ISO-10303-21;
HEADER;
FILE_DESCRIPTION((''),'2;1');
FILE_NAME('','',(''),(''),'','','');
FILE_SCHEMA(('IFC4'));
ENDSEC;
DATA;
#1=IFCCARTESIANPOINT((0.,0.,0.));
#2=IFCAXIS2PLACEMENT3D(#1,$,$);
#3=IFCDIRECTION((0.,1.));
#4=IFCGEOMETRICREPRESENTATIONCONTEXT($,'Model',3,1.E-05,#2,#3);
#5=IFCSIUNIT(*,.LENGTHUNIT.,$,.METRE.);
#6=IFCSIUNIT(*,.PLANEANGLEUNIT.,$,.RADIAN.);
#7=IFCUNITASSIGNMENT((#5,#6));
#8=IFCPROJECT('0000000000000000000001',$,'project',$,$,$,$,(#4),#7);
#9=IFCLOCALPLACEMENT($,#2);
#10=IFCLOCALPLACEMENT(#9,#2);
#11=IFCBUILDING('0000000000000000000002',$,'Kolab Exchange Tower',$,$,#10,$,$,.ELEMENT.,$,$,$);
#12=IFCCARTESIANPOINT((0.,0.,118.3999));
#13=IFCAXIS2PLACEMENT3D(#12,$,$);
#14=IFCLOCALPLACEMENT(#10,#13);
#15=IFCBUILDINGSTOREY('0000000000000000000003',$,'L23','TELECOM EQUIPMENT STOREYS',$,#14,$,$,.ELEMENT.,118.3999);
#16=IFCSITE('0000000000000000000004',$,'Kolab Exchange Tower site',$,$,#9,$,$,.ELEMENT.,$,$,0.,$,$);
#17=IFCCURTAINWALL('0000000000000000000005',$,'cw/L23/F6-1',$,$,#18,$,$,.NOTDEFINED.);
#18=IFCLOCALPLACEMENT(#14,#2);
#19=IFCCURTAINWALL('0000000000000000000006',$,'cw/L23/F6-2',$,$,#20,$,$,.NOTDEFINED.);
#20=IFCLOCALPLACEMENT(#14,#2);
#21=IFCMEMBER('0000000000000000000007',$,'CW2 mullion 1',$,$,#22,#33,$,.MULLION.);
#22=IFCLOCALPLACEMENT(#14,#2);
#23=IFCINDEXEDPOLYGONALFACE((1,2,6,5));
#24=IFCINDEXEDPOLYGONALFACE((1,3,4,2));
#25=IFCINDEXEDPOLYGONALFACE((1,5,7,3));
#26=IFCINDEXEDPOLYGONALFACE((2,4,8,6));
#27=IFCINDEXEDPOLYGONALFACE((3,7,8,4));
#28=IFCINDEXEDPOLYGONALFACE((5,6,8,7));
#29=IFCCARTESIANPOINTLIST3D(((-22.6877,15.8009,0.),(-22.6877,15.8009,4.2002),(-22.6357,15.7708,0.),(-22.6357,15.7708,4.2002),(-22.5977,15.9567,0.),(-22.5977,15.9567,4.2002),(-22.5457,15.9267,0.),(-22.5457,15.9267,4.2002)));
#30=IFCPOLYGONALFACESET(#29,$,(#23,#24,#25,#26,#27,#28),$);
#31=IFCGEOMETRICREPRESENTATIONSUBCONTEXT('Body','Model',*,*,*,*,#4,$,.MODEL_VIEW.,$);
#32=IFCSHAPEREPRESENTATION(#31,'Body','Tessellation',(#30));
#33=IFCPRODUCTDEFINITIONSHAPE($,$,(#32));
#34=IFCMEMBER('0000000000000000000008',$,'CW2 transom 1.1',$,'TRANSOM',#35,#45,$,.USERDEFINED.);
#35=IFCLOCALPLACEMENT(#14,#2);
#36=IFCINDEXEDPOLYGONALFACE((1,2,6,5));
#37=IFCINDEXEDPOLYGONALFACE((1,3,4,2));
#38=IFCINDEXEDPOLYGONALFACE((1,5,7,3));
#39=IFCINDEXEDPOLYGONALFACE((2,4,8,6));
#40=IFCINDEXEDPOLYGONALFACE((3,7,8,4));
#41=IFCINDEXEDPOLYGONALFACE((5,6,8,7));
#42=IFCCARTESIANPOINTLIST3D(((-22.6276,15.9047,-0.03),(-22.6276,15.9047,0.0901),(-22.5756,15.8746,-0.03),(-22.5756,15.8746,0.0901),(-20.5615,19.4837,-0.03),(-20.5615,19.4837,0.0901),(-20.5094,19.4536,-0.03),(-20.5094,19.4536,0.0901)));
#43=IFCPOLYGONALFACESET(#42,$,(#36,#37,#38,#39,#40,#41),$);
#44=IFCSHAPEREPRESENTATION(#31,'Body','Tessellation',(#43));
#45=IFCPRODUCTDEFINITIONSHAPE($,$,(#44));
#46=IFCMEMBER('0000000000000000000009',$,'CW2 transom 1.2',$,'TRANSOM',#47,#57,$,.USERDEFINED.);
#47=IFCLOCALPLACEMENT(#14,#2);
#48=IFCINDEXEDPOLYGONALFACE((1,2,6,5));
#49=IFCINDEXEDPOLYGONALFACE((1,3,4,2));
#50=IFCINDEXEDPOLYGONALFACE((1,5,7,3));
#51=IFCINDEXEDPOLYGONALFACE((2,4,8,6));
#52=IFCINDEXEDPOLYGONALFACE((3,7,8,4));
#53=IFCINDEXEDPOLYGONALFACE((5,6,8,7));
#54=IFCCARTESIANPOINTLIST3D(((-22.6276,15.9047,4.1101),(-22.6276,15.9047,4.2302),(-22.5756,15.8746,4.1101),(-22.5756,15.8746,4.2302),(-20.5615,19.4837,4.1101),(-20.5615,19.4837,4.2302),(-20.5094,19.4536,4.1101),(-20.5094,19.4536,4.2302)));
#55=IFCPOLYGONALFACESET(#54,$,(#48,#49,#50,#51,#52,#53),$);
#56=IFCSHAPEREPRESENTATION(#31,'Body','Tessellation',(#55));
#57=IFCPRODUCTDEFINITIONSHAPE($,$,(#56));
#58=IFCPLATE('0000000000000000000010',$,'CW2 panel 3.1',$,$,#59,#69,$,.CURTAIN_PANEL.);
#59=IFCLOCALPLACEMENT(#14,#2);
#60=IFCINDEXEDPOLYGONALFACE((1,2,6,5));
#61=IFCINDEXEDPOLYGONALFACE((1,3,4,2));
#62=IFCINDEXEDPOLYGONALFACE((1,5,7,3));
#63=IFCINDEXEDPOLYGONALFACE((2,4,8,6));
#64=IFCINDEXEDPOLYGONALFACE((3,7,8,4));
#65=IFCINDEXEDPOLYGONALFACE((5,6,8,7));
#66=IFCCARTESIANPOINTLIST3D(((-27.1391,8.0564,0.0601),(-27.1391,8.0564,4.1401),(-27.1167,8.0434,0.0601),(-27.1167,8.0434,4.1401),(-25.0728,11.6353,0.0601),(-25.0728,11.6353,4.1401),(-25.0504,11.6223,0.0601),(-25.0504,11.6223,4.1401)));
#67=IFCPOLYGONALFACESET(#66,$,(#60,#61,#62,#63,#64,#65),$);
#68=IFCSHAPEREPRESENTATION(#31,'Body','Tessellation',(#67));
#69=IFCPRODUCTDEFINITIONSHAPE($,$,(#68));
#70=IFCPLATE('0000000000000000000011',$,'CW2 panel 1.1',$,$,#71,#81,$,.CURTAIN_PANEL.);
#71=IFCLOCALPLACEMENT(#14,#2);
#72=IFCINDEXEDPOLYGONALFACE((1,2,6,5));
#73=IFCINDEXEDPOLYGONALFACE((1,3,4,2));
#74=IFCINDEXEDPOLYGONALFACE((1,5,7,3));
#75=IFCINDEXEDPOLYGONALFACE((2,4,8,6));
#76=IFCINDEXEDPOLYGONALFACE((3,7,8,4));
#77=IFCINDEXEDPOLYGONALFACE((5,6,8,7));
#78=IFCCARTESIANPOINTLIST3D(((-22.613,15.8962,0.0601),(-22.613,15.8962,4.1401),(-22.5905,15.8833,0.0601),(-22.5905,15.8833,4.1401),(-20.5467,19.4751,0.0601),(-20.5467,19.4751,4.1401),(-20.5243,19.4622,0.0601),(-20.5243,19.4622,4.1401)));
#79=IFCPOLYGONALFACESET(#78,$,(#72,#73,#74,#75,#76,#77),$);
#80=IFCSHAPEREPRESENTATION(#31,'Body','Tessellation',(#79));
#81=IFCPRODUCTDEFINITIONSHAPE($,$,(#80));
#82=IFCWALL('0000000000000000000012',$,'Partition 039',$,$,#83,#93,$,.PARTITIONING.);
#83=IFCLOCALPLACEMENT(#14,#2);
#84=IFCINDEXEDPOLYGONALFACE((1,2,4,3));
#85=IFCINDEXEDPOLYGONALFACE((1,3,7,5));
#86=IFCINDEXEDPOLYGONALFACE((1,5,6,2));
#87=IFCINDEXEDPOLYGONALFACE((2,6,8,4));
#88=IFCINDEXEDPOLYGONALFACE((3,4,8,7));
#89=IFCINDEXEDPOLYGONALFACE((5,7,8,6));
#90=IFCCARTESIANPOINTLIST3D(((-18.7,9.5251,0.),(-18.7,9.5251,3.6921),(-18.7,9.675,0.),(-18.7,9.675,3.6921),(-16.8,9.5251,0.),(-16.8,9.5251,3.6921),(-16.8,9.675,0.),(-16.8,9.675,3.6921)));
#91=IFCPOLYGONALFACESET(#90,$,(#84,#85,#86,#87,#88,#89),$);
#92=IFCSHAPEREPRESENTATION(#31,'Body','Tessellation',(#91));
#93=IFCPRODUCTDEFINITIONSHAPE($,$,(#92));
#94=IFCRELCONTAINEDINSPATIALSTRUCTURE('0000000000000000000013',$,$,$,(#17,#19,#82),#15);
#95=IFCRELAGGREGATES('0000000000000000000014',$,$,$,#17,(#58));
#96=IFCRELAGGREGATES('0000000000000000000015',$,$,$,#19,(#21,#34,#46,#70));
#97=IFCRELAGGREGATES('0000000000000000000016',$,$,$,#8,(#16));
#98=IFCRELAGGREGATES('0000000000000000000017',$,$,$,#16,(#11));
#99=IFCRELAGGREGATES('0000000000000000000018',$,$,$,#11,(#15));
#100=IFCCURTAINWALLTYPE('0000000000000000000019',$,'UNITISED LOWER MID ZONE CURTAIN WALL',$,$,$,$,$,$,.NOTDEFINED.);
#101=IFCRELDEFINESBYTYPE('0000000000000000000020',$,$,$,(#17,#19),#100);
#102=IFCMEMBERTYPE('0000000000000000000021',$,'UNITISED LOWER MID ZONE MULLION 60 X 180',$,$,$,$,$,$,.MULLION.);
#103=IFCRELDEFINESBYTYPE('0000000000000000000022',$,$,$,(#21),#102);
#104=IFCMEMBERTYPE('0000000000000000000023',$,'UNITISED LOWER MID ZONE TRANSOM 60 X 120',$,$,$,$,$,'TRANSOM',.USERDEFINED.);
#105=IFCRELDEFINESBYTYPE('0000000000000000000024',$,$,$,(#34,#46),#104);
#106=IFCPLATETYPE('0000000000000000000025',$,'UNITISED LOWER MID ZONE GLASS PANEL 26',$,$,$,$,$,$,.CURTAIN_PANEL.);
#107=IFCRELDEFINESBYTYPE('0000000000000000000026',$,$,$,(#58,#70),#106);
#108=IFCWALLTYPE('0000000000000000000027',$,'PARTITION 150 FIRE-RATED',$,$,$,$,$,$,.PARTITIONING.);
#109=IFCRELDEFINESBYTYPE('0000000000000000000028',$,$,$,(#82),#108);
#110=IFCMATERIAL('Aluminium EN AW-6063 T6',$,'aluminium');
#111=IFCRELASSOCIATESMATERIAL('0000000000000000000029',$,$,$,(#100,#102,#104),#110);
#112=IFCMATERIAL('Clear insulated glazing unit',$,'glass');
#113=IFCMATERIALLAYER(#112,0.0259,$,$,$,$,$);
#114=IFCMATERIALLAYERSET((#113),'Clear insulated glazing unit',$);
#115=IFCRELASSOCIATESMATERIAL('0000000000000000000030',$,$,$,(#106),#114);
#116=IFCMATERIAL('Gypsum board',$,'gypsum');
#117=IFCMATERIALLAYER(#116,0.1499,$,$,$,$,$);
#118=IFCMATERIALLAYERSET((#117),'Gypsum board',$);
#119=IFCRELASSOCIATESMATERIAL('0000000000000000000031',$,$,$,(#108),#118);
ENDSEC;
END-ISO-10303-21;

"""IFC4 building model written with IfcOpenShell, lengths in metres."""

from ifc_helpers import new_model, si_unit, direction, frame, frame_2d, origin, origin_2d, place, context, subcontext, project, spatial, rectangle, extrude, material, layer, layer_set, material_profile, profile_set, type_object, element, aggregate, save


model = new_model("IFC4")

# Units and contexts
model_context = context("Model", 3, precision=1e-05, world=origin(), true_north=direction((0.0, 1.0)))
body_context = subcontext(model_context, "Body", "Model", "MODEL_VIEW")
ifc_project = project(units=[si_unit("LENGTHUNIT", "METRE"), si_unit("PLANEANGLEUNIT", "RADIAN")], contexts=[model_context])

# Site, building, storey
site_placement = place(None, origin())
site = spatial("IfcSite", under=ifc_project, at=site_placement, Name="Kolab Exchange Tower site", CompositionType="ELEMENT", RefElevation=0.0)
building_placement = place(site_placement, origin())
building = spatial("IfcBuilding", under=site, at=building_placement, Name="Kolab Exchange Tower", CompositionType="ELEMENT")
storey_placement = place(building_placement, frame((0.0, 0.0, 118.3999)))
storey = spatial("IfcBuildingStorey", under=building, at=storey_placement, Name="L23", Description="TELECOM EQUIPMENT STOREYS", CompositionType="ELEMENT", Elevation=118.3999)

# Curtain wall
ifc_material_1 = material(Name="Aluminium EN AW-6063 T6", Category="aluminium")
curtain_wall_type = type_object("IfcCurtainWallType", Name="UNITISED LOWER MID ZONE CURTAIN WALL", PredefinedType="NOTDEFINED", material=ifc_material_1)
curtain_wall_1_placement = place(storey_placement, origin())
curtain_wall_1 = element("IfcCurtainWall", 1, at=curtain_wall_1_placement, inside=storey, type_object=curtain_wall_type, Name="cw/L23/F6-1", PredefinedType="NOTDEFINED")
ifc_material_profile_1 = material_profile(ifc_material_1, rectangle(XDim=0.0601, YDim=0.1799, at=origin_2d()), Name="RECT 60X180")
ifc_profile_set_1 = profile_set([ifc_material_profile_1], Name="Aluminium EN AW-6063 T6")
member_type_1 = type_object("IfcMemberType", Name="UNITISED LOWER MID ZONE MULLION 60 X 180", PredefinedType="MULLION", material=ifc_profile_set_1)

# Curtain wall, members
curtain_wall_2_placement = place(storey_placement, origin())
curtain_wall_2 = element("IfcCurtainWall", 2, at=curtain_wall_2_placement, inside=storey, type_object=curtain_wall_type, Name="cw/L23/F6-2", PredefinedType="NOTDEFINED")
member_1_placement = place(storey_placement, frame((-22.6167, 15.8638, 0.0), z_axis=(0.0, 0.0, 1.0), x_axis=(-0.866025, 0.5, 0.0)))
member_1 = element("IfcMember", 3, at=member_1_placement, type_object=member_type_1, Name="CW2 mullion 1", PredefinedType="MULLION", context=body_context, shape_type="SweptSolid", body=[
    extrude(rectangle(XDim=0.0601, YDim=0.1799, at=origin_2d()), origin(), (0.0, 0.0, 1.0), 4.2002),
])
ifc_material_profile_2 = material_profile(ifc_material_1, rectangle(XDim=0.0601, YDim=0.1201, at=origin_2d()), Name="RECT 60X120")
ifc_profile_set_2 = profile_set([ifc_material_profile_2], Name="Aluminium EN AW-6063 T6")
member_type_2 = type_object("IfcMemberType", Name="UNITISED LOWER MID ZONE TRANSOM 60 X 120", ElementType="TRANSOM", PredefinedType="USERDEFINED", material=ifc_profile_set_2)
member_2_placement = place(storey_placement, frame((-22.6016, 15.8896, 0.03), z_axis=(0.499958, 0.86605, 0.0), x_axis=(-0.86605, 0.499958, 0.0)))
member_2 = element("IfcMember", 4, at=member_2_placement, type_object=member_type_2, Name="CW2 transom 1.1", ObjectType="TRANSOM", PredefinedType="USERDEFINED", context=body_context, shape_type="SweptSolid", body=[
    extrude(rectangle(XDim=0.0601, YDim=0.1201, at=origin_2d()), origin(), (0.0, 0.0, 1.0), 4.1326),
])
member_3_placement = place(storey_placement, frame((-22.6016, 15.8896, 4.1702), z_axis=(0.499958, 0.86605, 0.0), x_axis=(-0.86605, 0.499958, 0.0)))
member_3 = element("IfcMember", 5, at=member_3_placement, type_object=member_type_2, Name="CW2 transom 1.2", ObjectType="TRANSOM", PredefinedType="USERDEFINED", context=body_context, shape_type="SweptSolid", body=[
    extrude(rectangle(XDim=0.0601, YDim=0.1201, at=origin_2d()), origin(), (0.0, 0.0, 1.0), 4.1326),
])

# Plates
ifc_material_2 = material(Name="Clear insulated glazing unit", Category="glass")
ifc_layer_1 = layer(ifc_material_2, 0.0259)
ifc_layer_set_1 = layer_set([ifc_layer_1], Name="Clear insulated glazing unit")
plate_type = type_object("IfcPlateType", Name="UNITISED LOWER MID ZONE GLASS PANEL 26", PredefinedType="CURTAIN_PANEL", material=ifc_layer_set_1)
plate_1_placement = place(storey_placement, frame((-26.0947, 9.8394, 0.0601), z_axis=(0.0, 0.0, 1.0), x_axis=(0.5, 0.866025, 0.0)))
plate_1 = element("IfcPlate", 6, at=plate_1_placement, type_object=plate_type, Name="CW2 panel 3.1", PredefinedType="CURTAIN_PANEL", context=body_context, shape_type="SweptSolid", body=[
    extrude(rectangle(XDim=4.1326, YDim=0.0259, at=origin_2d()), origin(), (0.0, 0.0, 1.0), 4.0801),
])
aggregate(curtain_wall_1, [plate_1])
plate_2_placement = place(storey_placement, frame((-21.5686, 17.6792, 0.0601), z_axis=(0.0, 0.0, 1.0), x_axis=(0.5, 0.866025, 0.0)))
plate_2 = element("IfcPlate", 7, at=plate_2_placement, type_object=plate_type, Name="CW2 panel 1.1", PredefinedType="CURTAIN_PANEL", context=body_context, shape_type="SweptSolid", body=[
    extrude(rectangle(XDim=4.1326, YDim=0.0259, at=origin_2d()), origin(), (0.0, 0.0, 1.0), 4.0801),
])
aggregate(curtain_wall_2, [member_1, member_2, member_3, plate_2])

# Wall
ifc_material_3 = material(Name="Gypsum board", Category="gypsum")
ifc_layer_2 = layer(ifc_material_3, 0.1499)
ifc_layer_set_2 = layer_set([ifc_layer_2], Name="Gypsum board")
wall_type_1 = type_object("IfcWallType", Name="PARTITION 150 FIRE-RATED", PredefinedType="PARTITIONING", material=ifc_layer_set_2)
wall_1_placement = place(storey_placement, frame((-18.7, 9.6001, 0.0), z_axis=(0.0, 0.0, 1.0), x_axis=(1.0, 0.0, 0.0)))
element("IfcWall", 8, at=wall_1_placement, inside=storey, type_object=wall_type_1, Name="Partition 039", PredefinedType="PARTITIONING", context=body_context, shape_type="SweptSolid", body=[
    extrude(rectangle(XDim=1.8999, YDim=0.1499, at=frame_2d((0.95, 0.0))), origin(), (0.0, 0.0, 1.0), 3.6921),
])

save(model, "model.ifc")
